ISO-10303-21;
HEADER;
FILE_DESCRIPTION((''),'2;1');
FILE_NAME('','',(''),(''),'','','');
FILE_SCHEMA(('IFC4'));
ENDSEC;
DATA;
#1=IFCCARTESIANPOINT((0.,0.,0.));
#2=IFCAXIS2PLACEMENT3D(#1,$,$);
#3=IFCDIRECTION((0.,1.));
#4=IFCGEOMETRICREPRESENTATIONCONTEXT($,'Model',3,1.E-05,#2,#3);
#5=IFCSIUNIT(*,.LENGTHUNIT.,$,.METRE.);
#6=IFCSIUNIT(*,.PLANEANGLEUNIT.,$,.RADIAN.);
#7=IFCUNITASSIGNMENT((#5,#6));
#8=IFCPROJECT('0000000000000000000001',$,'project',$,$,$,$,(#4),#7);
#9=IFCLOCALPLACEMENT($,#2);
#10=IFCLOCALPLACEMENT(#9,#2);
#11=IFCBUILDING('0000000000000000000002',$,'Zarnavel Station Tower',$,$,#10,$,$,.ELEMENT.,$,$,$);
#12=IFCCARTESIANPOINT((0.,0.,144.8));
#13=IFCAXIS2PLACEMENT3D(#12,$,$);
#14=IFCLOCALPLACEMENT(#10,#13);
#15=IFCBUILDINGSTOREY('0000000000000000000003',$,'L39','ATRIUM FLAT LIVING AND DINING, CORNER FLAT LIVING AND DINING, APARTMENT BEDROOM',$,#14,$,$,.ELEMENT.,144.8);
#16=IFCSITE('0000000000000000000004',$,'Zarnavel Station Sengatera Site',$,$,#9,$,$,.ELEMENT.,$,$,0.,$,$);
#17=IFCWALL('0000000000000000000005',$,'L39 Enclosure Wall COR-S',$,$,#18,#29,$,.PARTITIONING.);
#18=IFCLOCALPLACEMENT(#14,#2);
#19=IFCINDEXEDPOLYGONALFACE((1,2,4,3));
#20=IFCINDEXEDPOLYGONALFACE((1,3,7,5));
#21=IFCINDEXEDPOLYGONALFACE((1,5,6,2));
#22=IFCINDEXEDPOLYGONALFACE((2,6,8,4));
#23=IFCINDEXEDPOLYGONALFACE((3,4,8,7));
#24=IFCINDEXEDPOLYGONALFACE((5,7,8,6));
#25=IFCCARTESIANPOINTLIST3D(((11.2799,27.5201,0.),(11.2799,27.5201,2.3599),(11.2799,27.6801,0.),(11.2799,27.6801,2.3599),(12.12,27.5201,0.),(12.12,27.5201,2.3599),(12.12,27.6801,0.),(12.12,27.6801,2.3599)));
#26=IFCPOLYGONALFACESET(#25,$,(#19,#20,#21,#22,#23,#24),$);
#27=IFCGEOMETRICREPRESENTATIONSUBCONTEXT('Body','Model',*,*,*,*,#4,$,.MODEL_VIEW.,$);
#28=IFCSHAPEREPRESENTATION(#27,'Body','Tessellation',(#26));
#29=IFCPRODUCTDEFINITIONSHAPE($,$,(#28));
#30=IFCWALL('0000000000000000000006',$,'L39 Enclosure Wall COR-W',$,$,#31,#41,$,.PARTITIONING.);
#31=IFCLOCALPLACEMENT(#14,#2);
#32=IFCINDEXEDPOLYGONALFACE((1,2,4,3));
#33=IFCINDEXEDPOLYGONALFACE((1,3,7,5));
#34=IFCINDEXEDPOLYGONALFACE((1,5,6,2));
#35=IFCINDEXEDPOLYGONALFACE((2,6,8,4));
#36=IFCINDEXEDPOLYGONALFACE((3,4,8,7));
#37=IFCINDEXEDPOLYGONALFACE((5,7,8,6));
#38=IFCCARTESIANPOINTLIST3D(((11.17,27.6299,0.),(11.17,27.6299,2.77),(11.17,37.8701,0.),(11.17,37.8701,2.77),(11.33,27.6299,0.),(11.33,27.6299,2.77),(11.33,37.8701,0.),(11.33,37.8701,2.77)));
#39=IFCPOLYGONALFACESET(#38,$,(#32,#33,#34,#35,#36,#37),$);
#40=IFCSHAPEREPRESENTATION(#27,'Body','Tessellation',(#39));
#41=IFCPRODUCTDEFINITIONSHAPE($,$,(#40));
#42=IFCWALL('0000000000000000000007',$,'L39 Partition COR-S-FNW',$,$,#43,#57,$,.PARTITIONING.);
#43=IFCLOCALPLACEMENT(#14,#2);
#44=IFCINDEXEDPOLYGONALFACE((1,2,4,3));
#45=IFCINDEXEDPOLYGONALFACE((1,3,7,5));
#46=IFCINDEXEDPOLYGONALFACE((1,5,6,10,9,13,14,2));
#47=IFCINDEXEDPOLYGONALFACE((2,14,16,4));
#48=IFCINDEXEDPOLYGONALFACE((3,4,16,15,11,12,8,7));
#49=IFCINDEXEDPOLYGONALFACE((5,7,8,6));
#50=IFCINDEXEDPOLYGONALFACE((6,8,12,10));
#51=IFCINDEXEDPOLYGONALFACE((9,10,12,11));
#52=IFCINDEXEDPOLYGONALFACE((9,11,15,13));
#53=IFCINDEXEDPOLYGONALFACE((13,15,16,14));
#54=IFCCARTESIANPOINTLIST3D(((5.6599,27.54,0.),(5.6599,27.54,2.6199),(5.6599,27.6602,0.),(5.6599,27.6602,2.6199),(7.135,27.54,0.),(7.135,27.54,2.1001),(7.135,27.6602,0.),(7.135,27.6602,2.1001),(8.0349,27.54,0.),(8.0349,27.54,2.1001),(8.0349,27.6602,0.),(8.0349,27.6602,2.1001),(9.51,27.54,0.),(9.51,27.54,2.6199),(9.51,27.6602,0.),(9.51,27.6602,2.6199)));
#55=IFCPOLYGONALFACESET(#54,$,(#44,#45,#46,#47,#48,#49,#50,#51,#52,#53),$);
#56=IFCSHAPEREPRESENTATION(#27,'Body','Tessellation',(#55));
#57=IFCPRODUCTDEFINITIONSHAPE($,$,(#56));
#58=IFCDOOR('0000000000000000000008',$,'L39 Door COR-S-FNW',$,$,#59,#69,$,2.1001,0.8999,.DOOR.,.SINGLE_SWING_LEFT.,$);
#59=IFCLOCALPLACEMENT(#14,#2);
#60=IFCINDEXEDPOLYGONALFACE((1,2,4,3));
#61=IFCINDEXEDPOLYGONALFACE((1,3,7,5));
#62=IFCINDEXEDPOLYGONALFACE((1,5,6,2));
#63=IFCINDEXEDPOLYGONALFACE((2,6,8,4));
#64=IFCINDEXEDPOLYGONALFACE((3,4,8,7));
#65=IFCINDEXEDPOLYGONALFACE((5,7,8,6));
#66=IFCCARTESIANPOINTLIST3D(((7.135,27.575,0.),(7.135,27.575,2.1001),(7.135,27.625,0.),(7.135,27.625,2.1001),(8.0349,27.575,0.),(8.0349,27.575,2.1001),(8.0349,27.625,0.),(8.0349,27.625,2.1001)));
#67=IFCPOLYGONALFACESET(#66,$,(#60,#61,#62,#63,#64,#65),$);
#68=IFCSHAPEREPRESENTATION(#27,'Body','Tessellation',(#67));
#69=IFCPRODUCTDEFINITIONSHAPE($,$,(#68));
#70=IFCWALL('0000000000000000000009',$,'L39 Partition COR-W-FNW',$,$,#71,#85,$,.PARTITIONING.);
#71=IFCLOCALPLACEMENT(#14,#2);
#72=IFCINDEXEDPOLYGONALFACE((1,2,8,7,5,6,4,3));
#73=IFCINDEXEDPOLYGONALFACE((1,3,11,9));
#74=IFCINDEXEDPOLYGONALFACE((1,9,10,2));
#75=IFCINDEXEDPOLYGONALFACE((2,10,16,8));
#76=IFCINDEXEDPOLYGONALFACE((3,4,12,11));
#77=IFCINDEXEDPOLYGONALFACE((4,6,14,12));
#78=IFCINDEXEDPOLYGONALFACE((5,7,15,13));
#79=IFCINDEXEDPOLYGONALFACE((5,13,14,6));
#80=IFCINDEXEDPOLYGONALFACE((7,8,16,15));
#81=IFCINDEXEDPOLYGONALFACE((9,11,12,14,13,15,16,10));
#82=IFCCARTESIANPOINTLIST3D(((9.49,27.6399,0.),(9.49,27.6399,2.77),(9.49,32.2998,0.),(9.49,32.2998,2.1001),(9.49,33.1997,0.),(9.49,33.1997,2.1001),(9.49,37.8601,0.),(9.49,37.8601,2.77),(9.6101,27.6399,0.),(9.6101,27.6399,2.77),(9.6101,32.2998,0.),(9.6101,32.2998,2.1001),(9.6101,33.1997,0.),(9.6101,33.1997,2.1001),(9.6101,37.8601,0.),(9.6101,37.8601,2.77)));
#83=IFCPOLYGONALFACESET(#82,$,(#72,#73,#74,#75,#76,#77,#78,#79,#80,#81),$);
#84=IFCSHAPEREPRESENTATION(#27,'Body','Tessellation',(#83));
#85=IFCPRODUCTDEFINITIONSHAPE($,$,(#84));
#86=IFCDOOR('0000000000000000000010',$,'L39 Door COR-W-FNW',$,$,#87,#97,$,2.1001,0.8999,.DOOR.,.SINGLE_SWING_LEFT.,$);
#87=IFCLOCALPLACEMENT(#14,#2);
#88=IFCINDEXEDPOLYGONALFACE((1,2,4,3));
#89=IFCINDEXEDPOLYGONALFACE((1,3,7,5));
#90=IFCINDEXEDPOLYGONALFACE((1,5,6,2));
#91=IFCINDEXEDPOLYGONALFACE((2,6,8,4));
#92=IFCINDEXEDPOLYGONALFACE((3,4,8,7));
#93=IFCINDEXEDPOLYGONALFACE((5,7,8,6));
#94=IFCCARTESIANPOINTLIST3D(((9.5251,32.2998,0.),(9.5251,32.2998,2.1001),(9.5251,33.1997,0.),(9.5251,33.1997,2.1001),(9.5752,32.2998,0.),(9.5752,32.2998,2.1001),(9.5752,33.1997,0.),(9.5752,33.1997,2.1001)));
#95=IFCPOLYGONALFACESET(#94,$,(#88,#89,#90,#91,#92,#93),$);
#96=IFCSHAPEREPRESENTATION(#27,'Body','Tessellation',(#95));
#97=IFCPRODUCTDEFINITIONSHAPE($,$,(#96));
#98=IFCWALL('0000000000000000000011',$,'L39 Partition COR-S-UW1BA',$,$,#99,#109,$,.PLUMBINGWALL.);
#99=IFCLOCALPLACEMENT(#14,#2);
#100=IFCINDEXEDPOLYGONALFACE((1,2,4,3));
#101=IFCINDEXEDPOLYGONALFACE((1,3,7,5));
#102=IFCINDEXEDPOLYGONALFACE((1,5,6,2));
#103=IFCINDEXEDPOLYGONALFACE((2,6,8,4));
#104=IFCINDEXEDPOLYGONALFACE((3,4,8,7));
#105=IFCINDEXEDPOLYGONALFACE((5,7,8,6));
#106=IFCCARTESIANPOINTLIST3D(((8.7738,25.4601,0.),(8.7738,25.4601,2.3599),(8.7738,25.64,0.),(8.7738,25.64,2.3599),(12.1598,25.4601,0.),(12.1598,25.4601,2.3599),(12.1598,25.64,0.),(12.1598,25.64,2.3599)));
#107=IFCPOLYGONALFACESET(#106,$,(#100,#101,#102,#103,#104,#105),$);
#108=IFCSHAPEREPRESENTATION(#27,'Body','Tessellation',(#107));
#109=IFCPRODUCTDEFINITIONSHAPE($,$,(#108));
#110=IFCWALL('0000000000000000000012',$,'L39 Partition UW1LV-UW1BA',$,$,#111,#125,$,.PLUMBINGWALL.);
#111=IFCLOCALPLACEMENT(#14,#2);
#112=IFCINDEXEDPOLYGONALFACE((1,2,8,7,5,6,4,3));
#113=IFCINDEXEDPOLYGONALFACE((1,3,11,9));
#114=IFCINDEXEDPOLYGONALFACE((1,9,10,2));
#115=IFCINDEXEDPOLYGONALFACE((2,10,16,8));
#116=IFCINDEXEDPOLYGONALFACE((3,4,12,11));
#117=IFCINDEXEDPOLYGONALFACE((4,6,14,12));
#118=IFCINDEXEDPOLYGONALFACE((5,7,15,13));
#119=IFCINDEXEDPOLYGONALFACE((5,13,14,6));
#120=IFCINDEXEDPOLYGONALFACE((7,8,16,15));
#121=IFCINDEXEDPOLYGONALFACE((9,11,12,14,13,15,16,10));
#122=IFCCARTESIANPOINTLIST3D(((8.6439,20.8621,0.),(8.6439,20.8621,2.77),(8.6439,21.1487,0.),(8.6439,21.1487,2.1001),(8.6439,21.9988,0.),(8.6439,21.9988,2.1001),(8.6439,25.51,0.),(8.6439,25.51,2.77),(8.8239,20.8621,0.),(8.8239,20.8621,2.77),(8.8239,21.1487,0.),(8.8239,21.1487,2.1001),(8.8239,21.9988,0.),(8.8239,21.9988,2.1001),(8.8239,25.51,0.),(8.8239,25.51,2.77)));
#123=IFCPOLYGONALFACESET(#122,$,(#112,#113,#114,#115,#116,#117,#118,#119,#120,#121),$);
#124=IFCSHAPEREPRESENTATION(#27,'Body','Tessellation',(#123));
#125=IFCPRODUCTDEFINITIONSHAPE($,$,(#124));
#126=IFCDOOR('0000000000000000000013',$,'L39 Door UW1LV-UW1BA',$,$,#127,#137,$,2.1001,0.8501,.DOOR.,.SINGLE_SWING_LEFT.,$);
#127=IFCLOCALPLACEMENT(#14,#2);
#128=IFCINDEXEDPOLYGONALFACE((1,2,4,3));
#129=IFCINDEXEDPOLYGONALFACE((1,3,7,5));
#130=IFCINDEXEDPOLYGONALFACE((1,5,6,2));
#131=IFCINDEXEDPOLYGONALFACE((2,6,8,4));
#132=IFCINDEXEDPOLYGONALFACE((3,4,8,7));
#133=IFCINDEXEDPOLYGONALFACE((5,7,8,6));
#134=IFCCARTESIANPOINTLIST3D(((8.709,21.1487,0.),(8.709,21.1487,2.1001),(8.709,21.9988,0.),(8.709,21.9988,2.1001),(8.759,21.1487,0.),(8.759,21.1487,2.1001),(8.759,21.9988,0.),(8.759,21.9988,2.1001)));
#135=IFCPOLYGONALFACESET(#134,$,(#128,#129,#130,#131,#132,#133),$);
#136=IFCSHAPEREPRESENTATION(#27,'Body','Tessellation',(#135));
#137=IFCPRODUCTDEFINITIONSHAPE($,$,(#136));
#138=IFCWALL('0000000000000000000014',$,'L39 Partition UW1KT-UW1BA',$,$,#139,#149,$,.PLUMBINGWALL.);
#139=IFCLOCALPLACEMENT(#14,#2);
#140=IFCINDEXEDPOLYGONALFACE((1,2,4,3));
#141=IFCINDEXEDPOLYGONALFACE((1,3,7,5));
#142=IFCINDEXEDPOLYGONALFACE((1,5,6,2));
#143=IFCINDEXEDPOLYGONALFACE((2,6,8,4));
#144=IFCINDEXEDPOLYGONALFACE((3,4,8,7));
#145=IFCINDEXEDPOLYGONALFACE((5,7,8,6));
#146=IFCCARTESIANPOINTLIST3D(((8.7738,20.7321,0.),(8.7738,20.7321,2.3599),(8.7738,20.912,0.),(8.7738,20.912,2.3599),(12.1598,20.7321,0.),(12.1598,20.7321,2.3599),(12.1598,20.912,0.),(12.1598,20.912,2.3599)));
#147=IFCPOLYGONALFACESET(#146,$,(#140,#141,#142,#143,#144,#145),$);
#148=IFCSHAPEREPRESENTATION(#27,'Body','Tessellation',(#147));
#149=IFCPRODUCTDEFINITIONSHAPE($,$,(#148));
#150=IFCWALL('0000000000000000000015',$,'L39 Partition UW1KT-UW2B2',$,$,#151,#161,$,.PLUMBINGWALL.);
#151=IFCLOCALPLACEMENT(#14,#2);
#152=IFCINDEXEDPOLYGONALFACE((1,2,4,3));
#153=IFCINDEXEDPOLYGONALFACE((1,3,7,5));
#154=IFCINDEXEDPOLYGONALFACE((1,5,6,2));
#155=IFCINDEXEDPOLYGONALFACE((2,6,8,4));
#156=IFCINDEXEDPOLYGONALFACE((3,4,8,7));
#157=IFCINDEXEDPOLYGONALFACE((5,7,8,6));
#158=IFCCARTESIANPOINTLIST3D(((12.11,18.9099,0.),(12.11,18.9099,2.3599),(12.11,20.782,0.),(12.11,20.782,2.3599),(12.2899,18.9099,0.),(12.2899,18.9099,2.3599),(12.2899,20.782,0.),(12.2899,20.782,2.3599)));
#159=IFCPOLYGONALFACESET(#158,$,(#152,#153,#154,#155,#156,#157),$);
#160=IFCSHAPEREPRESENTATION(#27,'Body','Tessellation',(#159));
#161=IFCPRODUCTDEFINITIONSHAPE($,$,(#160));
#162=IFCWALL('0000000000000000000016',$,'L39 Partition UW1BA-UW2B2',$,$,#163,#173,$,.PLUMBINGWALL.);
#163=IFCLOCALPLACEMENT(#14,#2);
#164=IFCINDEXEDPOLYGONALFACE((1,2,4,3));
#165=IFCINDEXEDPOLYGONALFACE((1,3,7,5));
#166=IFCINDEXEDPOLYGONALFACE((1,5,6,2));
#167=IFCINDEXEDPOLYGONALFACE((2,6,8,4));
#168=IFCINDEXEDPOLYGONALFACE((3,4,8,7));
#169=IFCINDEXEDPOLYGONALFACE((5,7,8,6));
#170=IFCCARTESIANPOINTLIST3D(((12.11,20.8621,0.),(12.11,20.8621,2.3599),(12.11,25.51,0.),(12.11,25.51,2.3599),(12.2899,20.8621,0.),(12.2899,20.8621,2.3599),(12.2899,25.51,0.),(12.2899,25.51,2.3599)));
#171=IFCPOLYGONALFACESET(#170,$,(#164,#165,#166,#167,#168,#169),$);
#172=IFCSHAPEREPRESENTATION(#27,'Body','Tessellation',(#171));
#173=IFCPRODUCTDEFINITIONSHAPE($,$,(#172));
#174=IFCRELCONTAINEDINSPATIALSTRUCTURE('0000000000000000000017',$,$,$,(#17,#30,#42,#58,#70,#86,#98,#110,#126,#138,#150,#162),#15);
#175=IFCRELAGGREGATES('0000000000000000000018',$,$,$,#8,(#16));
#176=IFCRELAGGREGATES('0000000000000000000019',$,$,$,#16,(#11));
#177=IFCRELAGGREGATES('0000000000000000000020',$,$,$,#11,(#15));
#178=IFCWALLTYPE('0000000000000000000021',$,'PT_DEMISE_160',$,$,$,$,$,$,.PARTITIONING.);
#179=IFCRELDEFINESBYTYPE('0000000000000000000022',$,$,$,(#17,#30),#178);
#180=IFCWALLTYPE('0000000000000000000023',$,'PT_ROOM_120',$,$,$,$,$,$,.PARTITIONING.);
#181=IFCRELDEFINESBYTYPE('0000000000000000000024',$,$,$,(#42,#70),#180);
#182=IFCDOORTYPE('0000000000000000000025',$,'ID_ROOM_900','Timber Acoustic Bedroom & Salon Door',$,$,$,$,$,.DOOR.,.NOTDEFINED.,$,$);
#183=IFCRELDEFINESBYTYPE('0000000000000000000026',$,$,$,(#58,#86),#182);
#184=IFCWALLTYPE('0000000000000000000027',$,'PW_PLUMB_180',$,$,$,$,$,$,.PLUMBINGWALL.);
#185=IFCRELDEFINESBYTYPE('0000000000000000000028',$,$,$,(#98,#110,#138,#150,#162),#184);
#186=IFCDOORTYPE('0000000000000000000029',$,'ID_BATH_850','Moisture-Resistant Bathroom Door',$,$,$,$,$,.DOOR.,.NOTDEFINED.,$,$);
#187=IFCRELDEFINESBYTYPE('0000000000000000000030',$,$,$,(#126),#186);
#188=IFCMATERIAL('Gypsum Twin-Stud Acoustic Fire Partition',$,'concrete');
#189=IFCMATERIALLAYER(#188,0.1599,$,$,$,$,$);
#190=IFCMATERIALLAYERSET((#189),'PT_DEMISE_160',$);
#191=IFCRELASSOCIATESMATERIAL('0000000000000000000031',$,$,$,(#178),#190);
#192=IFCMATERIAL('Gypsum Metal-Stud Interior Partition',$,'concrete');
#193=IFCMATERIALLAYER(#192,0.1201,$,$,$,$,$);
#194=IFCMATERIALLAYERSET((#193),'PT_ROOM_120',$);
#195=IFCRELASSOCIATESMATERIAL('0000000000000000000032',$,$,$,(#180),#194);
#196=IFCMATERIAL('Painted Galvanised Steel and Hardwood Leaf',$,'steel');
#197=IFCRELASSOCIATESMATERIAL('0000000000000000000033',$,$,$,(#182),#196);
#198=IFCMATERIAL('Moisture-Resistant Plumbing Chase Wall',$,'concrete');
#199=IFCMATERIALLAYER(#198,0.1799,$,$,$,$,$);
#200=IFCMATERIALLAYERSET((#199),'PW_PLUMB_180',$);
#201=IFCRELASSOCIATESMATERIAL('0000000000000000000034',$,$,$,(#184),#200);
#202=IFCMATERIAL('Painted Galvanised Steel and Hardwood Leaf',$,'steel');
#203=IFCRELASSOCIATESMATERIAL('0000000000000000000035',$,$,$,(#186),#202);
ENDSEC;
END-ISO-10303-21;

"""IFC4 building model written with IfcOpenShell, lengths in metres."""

from ifc_helpers import new_model, si_unit, direction, frame, frame_2d, origin, place, context, subcontext, project, spatial, rectangle, extrude, material, layer, layer_set, type_object, element, fill, save


model = new_model("IFC4")

# Units and contexts
model_context = context("Model", 3, precision=1e-05, world=origin(), true_north=direction((0.0, 1.0)))
body_context = subcontext(model_context, "Body", "Model", "MODEL_VIEW")
ifc_project = project(units=[si_unit("LENGTHUNIT", "METRE"), si_unit("PLANEANGLEUNIT", "RADIAN")], contexts=[model_context])

# Site, building, storey
site_placement = place(None, origin())
site = spatial("IfcSite", under=ifc_project, at=site_placement, Name="Zarnavel Station Sengatera Site", CompositionType="ELEMENT", RefElevation=0.0)
building_placement = place(site_placement, origin())
building = spatial("IfcBuilding", under=site, at=building_placement, Name="Zarnavel Station Tower", CompositionType="ELEMENT")
storey_placement = place(building_placement, frame((0.0, 0.0, 144.8)))
storey = spatial("IfcBuildingStorey", under=building, at=storey_placement, Name="L39", Description="ATRIUM FLAT LIVING AND DINING, CORNER FLAT LIVING AND DINING, APARTMENT BEDROOM", CompositionType="ELEMENT", Elevation=144.8)

# Shared definitions
ifc_material_1 = material(Name="Gypsum Twin-Stud Acoustic Fire Partition", Category="concrete")
ifc_layer_1 = layer(ifc_material_1, 0.1599)
ifc_layer_set_1 = layer_set([ifc_layer_1], Name="PT_DEMISE_160")
wall_type_1 = type_object("IfcWallType", Name="PT_DEMISE_160", PredefinedType="PARTITIONING", material=ifc_layer_set_1)

# Walls
wall_1_placement = place(storey_placement, frame((11.28, 27.6001, 0.0), z_axis=(0.0, 0.0, 1.0), x_axis=(1.0, 0.0, 0.0)))
element("IfcWall", 1, at=wall_1_placement, inside=storey, type_object=wall_type_1, Name="L39 Enclosure Wall COR-S", PredefinedType="PARTITIONING", context=body_context, shape_type="SweptSolid", body=[
    extrude(rectangle(XDim=0.8401, YDim=0.1599, at=frame_2d((0.4199, 0.0))), origin(), (0.0, 0.0, 1.0), 2.3599),
])
wall_2_placement = place(storey_placement, frame((11.25, 27.6299, 0.0), z_axis=(0.0, 0.0, 1.0), x_axis=(0.0, 1.0, 0.0)))
element("IfcWall", 2, at=wall_2_placement, inside=storey, type_object=wall_type_1, Name="L39 Enclosure Wall COR-W", PredefinedType="PARTITIONING", context=body_context, shape_type="SweptSolid", body=[
    extrude(rectangle(XDim=10.2402, YDim=0.1599, at=frame_2d((5.1201, 0.0))), origin(), (0.0, 0.0, 1.0), 2.77),
])

# Walls, openings, doors
ifc_material_2 = material(Name="Gypsum Metal-Stud Interior Partition", Category="concrete")
ifc_layer_2 = layer(ifc_material_2, 0.1201)
ifc_layer_set_2 = layer_set([ifc_layer_2], Name="PT_ROOM_120")
wall_type_2 = type_object("IfcWallType", Name="PT_ROOM_120", PredefinedType="PARTITIONING", material=ifc_layer_set_2)
wall_3_placement = place(storey_placement, frame((5.6599, 27.6001, 0.0), z_axis=(0.0, 0.0, 1.0), x_axis=(1.0, 0.0, 0.0)))
wall_3 = element("IfcWall", 3, at=wall_3_placement, inside=storey, type_object=wall_type_2, Name="L39 Partition COR-S-FNW", PredefinedType="PARTITIONING", context=body_context, shape_type="SweptSolid", body=[
    extrude(rectangle(XDim=3.8501, YDim=0.1201, at=frame_2d((1.925, 0.0))), origin(), (0.0, 0.0, 1.0), 2.6199),
])
opening_1_placement = place(wall_3_placement, frame((1.4751, 0.0, 0.0)))
opening_1 = element("IfcOpeningElement", 4, at=opening_1_placement, cuts=wall_3, PredefinedType="OPENING", context=body_context, shape_type="SweptSolid", body=[
    extrude(rectangle(XDim=0.8999, YDim=2.1001, at=frame_2d((0.45, 1.05))), frame((0.0, 0.0701, 0.0), z_axis=(0.0, -1.0, 0.0), x_axis=(1.0, 0.0, 0.0)), (0.0, 0.0, 1.0), 0.1401),
])
ifc_material_3 = material(Name="Painted Galvanised Steel and Hardwood Leaf", Category="steel")
door_type_1 = type_object("IfcDoorType", Name="ID_ROOM_900", Description="Timber Acoustic Bedroom & Salon Door", OperationType="NOTDEFINED", PredefinedType="DOOR", material=ifc_material_3)
door_1_placement = place(opening_1_placement, origin())
door_1 = element("IfcDoor", 5, at=door_1_placement, inside=storey, type_object=door_type_1, Name="L39 Door COR-S-FNW", OperationType="SINGLE_SWING_LEFT", OverallHeight=2.1001, OverallWidth=0.8999, PredefinedType="DOOR", context=body_context, shape_type="SweptSolid", body=[
    extrude(rectangle(XDim=0.8999, YDim=2.1001, at=frame_2d((0.45, 1.05))), frame((0.0, 0.0249, 0.0), z_axis=(0.0, -1.0, 0.0), x_axis=(1.0, 0.0, 0.0)), (0.0, 0.0, 1.0), 0.05),
])
fill(opening_1, door_1)
wall_4_placement = place(storey_placement, frame((9.55, 27.6399, 0.0), z_axis=(0.0, 0.0, 1.0), x_axis=(0.0, 1.0, 0.0)))
wall_4 = element("IfcWall", 6, at=wall_4_placement, inside=storey, type_object=wall_type_2, Name="L39 Partition COR-W-FNW", PredefinedType="PARTITIONING", context=body_context, shape_type="SweptSolid", body=[
    extrude(rectangle(XDim=10.2202, YDim=0.1201, at=frame_2d((5.1101, 0.0))), origin(), (0.0, 0.0, 1.0), 2.77),
])
opening_2_placement = place(wall_4_placement, frame((4.6599, 0.0, 0.0)))
opening_2 = element("IfcOpeningElement", 7, at=opening_2_placement, cuts=wall_4, PredefinedType="OPENING", context=body_context, shape_type="SweptSolid", body=[
    extrude(rectangle(XDim=0.8999, YDim=2.1001, at=frame_2d((0.45, 1.05))), frame((0.0, 0.0701, 0.0), z_axis=(0.0, -1.0, 0.0), x_axis=(1.0, 0.0, 0.0)), (0.0, 0.0, 1.0), 0.1401),
])
door_2_placement = place(opening_2_placement, origin())
door_2 = element("IfcDoor", 8, at=door_2_placement, inside=storey, type_object=door_type_1, Name="L39 Door COR-W-FNW", OperationType="SINGLE_SWING_LEFT", OverallHeight=2.1001, OverallWidth=0.8999, PredefinedType="DOOR", context=body_context, shape_type="SweptSolid", body=[
    extrude(rectangle(XDim=0.8999, YDim=2.1001, at=frame_2d((0.45, 1.05))), frame((0.0, 0.0249, 0.0), z_axis=(0.0, -1.0, 0.0), x_axis=(1.0, 0.0, 0.0)), (0.0, 0.0, 1.0), 0.05),
])
fill(opening_2, door_2)

# Wall
ifc_material_4 = material(Name="Moisture-Resistant Plumbing Chase Wall", Category="concrete")
ifc_layer_3 = layer(ifc_material_4, 0.1799)
ifc_layer_set_3 = layer_set([ifc_layer_3], Name="PW_PLUMB_180")
wall_type_3 = type_object("IfcWallType", Name="PW_PLUMB_180", PredefinedType="PLUMBINGWALL", material=ifc_layer_set_3)
wall_5_placement = place(storey_placement, frame((8.7739, 25.55, 0.0), z_axis=(0.0, 0.0, 1.0), x_axis=(1.0, 0.0, 0.0)))
element("IfcWall", 9, at=wall_5_placement, inside=storey, type_object=wall_type_3, Name="L39 Partition COR-S-UW1BA", PredefinedType="PLUMBINGWALL", context=body_context, shape_type="SweptSolid", body=[
    extrude(rectangle(XDim=3.386, YDim=0.1799, at=frame_2d((1.6929, 0.0))), origin(), (0.0, 0.0, 1.0), 2.3599),
])

# Wall, opening, door
wall_6_placement = place(storey_placement, frame((8.7339, 20.8621, 0.0), z_axis=(0.0, 0.0, 1.0), x_axis=(0.0, 1.0, 0.0)))
wall_6 = element("IfcWall", 10, at=wall_6_placement, inside=storey, type_object=wall_type_3, Name="L39 Partition UW1LV-UW1BA", PredefinedType="PLUMBINGWALL", context=body_context, shape_type="SweptSolid", body=[
    extrude(rectangle(XDim=4.6479, YDim=0.1799, at=frame_2d((2.324, 0.0))), origin(), (0.0, 0.0, 1.0), 2.77),
])
opening_3_placement = place(wall_6_placement, frame((0.2866, 0.0, 0.0)))
opening_3 = element("IfcOpeningElement", 11, at=opening_3_placement, cuts=wall_6, PredefinedType="OPENING", context=body_context, shape_type="SweptSolid", body=[
    extrude(rectangle(XDim=0.8501, YDim=2.1001, at=frame_2d((0.425, 1.05))), frame((0.0, 0.0999, 0.0), z_axis=(0.0, -1.0, 0.0), x_axis=(1.0, 0.0, 0.0)), (0.0, 0.0, 1.0), 0.2),
])
ifc_material_5 = material(Name="Painted Galvanised Steel and Hardwood Leaf", Category="steel")
door_type_2 = type_object("IfcDoorType", Name="ID_BATH_850", Description="Moisture-Resistant Bathroom Door", OperationType="NOTDEFINED", PredefinedType="DOOR", material=ifc_material_5)
door_3_placement = place(opening_3_placement, origin())
door_3 = element("IfcDoor", 12, at=door_3_placement, inside=storey, type_object=door_type_2, Name="L39 Door UW1LV-UW1BA", OperationType="SINGLE_SWING_LEFT", OverallHeight=2.1001, OverallWidth=0.8501, PredefinedType="DOOR", context=body_context, shape_type="SweptSolid", body=[
    extrude(rectangle(XDim=0.8501, YDim=2.1001, at=frame_2d((0.425, 1.05))), frame((0.0, 0.0249, 0.0), z_axis=(0.0, -1.0, 0.0), x_axis=(1.0, 0.0, 0.0)), (0.0, 0.0, 1.0), 0.05),
])
fill(opening_3, door_3)

# Walls
wall_7_placement = place(storey_placement, frame((8.7739, 20.822, 0.0), z_axis=(0.0, 0.0, 1.0), x_axis=(1.0, 0.0, 0.0)))
element("IfcWall", 13, at=wall_7_placement, inside=storey, type_object=wall_type_3, Name="L39 Partition UW1KT-UW1BA", PredefinedType="PLUMBINGWALL", context=body_context, shape_type="SweptSolid", body=[
    extrude(rectangle(XDim=3.386, YDim=0.1799, at=frame_2d((1.6929, 0.0))), origin(), (0.0, 0.0, 1.0), 2.3599),
])
wall_8_placement = place(storey_placement, frame((12.2, 18.9099, 0.0), z_axis=(0.0, 0.0, 1.0), x_axis=(0.0, 1.0, 0.0)))
element("IfcWall", 14, at=wall_8_placement, inside=storey, type_object=wall_type_3, Name="L39 Partition UW1KT-UW2B2", PredefinedType="PLUMBINGWALL", context=body_context, shape_type="SweptSolid", body=[
    extrude(rectangle(XDim=1.8721, YDim=0.1799, at=frame_2d((0.936, 0.0))), origin(), (0.0, 0.0, 1.0), 2.3599),
])
wall_9_placement = place(storey_placement, frame((12.2, 20.8621, 0.0), z_axis=(0.0, 0.0, 1.0), x_axis=(0.0, 1.0, 0.0)))
element("IfcWall", 15, at=wall_9_placement, inside=storey, type_object=wall_type_3, Name="L39 Partition UW1BA-UW2B2", PredefinedType="PLUMBINGWALL", context=body_context, shape_type="SweptSolid", body=[
    extrude(rectangle(XDim=4.6479, YDim=0.1799, at=frame_2d((2.324, 0.0))), origin(), (0.0, 0.0, 1.0), 2.3599),
])

save(model, "model.ifc")
